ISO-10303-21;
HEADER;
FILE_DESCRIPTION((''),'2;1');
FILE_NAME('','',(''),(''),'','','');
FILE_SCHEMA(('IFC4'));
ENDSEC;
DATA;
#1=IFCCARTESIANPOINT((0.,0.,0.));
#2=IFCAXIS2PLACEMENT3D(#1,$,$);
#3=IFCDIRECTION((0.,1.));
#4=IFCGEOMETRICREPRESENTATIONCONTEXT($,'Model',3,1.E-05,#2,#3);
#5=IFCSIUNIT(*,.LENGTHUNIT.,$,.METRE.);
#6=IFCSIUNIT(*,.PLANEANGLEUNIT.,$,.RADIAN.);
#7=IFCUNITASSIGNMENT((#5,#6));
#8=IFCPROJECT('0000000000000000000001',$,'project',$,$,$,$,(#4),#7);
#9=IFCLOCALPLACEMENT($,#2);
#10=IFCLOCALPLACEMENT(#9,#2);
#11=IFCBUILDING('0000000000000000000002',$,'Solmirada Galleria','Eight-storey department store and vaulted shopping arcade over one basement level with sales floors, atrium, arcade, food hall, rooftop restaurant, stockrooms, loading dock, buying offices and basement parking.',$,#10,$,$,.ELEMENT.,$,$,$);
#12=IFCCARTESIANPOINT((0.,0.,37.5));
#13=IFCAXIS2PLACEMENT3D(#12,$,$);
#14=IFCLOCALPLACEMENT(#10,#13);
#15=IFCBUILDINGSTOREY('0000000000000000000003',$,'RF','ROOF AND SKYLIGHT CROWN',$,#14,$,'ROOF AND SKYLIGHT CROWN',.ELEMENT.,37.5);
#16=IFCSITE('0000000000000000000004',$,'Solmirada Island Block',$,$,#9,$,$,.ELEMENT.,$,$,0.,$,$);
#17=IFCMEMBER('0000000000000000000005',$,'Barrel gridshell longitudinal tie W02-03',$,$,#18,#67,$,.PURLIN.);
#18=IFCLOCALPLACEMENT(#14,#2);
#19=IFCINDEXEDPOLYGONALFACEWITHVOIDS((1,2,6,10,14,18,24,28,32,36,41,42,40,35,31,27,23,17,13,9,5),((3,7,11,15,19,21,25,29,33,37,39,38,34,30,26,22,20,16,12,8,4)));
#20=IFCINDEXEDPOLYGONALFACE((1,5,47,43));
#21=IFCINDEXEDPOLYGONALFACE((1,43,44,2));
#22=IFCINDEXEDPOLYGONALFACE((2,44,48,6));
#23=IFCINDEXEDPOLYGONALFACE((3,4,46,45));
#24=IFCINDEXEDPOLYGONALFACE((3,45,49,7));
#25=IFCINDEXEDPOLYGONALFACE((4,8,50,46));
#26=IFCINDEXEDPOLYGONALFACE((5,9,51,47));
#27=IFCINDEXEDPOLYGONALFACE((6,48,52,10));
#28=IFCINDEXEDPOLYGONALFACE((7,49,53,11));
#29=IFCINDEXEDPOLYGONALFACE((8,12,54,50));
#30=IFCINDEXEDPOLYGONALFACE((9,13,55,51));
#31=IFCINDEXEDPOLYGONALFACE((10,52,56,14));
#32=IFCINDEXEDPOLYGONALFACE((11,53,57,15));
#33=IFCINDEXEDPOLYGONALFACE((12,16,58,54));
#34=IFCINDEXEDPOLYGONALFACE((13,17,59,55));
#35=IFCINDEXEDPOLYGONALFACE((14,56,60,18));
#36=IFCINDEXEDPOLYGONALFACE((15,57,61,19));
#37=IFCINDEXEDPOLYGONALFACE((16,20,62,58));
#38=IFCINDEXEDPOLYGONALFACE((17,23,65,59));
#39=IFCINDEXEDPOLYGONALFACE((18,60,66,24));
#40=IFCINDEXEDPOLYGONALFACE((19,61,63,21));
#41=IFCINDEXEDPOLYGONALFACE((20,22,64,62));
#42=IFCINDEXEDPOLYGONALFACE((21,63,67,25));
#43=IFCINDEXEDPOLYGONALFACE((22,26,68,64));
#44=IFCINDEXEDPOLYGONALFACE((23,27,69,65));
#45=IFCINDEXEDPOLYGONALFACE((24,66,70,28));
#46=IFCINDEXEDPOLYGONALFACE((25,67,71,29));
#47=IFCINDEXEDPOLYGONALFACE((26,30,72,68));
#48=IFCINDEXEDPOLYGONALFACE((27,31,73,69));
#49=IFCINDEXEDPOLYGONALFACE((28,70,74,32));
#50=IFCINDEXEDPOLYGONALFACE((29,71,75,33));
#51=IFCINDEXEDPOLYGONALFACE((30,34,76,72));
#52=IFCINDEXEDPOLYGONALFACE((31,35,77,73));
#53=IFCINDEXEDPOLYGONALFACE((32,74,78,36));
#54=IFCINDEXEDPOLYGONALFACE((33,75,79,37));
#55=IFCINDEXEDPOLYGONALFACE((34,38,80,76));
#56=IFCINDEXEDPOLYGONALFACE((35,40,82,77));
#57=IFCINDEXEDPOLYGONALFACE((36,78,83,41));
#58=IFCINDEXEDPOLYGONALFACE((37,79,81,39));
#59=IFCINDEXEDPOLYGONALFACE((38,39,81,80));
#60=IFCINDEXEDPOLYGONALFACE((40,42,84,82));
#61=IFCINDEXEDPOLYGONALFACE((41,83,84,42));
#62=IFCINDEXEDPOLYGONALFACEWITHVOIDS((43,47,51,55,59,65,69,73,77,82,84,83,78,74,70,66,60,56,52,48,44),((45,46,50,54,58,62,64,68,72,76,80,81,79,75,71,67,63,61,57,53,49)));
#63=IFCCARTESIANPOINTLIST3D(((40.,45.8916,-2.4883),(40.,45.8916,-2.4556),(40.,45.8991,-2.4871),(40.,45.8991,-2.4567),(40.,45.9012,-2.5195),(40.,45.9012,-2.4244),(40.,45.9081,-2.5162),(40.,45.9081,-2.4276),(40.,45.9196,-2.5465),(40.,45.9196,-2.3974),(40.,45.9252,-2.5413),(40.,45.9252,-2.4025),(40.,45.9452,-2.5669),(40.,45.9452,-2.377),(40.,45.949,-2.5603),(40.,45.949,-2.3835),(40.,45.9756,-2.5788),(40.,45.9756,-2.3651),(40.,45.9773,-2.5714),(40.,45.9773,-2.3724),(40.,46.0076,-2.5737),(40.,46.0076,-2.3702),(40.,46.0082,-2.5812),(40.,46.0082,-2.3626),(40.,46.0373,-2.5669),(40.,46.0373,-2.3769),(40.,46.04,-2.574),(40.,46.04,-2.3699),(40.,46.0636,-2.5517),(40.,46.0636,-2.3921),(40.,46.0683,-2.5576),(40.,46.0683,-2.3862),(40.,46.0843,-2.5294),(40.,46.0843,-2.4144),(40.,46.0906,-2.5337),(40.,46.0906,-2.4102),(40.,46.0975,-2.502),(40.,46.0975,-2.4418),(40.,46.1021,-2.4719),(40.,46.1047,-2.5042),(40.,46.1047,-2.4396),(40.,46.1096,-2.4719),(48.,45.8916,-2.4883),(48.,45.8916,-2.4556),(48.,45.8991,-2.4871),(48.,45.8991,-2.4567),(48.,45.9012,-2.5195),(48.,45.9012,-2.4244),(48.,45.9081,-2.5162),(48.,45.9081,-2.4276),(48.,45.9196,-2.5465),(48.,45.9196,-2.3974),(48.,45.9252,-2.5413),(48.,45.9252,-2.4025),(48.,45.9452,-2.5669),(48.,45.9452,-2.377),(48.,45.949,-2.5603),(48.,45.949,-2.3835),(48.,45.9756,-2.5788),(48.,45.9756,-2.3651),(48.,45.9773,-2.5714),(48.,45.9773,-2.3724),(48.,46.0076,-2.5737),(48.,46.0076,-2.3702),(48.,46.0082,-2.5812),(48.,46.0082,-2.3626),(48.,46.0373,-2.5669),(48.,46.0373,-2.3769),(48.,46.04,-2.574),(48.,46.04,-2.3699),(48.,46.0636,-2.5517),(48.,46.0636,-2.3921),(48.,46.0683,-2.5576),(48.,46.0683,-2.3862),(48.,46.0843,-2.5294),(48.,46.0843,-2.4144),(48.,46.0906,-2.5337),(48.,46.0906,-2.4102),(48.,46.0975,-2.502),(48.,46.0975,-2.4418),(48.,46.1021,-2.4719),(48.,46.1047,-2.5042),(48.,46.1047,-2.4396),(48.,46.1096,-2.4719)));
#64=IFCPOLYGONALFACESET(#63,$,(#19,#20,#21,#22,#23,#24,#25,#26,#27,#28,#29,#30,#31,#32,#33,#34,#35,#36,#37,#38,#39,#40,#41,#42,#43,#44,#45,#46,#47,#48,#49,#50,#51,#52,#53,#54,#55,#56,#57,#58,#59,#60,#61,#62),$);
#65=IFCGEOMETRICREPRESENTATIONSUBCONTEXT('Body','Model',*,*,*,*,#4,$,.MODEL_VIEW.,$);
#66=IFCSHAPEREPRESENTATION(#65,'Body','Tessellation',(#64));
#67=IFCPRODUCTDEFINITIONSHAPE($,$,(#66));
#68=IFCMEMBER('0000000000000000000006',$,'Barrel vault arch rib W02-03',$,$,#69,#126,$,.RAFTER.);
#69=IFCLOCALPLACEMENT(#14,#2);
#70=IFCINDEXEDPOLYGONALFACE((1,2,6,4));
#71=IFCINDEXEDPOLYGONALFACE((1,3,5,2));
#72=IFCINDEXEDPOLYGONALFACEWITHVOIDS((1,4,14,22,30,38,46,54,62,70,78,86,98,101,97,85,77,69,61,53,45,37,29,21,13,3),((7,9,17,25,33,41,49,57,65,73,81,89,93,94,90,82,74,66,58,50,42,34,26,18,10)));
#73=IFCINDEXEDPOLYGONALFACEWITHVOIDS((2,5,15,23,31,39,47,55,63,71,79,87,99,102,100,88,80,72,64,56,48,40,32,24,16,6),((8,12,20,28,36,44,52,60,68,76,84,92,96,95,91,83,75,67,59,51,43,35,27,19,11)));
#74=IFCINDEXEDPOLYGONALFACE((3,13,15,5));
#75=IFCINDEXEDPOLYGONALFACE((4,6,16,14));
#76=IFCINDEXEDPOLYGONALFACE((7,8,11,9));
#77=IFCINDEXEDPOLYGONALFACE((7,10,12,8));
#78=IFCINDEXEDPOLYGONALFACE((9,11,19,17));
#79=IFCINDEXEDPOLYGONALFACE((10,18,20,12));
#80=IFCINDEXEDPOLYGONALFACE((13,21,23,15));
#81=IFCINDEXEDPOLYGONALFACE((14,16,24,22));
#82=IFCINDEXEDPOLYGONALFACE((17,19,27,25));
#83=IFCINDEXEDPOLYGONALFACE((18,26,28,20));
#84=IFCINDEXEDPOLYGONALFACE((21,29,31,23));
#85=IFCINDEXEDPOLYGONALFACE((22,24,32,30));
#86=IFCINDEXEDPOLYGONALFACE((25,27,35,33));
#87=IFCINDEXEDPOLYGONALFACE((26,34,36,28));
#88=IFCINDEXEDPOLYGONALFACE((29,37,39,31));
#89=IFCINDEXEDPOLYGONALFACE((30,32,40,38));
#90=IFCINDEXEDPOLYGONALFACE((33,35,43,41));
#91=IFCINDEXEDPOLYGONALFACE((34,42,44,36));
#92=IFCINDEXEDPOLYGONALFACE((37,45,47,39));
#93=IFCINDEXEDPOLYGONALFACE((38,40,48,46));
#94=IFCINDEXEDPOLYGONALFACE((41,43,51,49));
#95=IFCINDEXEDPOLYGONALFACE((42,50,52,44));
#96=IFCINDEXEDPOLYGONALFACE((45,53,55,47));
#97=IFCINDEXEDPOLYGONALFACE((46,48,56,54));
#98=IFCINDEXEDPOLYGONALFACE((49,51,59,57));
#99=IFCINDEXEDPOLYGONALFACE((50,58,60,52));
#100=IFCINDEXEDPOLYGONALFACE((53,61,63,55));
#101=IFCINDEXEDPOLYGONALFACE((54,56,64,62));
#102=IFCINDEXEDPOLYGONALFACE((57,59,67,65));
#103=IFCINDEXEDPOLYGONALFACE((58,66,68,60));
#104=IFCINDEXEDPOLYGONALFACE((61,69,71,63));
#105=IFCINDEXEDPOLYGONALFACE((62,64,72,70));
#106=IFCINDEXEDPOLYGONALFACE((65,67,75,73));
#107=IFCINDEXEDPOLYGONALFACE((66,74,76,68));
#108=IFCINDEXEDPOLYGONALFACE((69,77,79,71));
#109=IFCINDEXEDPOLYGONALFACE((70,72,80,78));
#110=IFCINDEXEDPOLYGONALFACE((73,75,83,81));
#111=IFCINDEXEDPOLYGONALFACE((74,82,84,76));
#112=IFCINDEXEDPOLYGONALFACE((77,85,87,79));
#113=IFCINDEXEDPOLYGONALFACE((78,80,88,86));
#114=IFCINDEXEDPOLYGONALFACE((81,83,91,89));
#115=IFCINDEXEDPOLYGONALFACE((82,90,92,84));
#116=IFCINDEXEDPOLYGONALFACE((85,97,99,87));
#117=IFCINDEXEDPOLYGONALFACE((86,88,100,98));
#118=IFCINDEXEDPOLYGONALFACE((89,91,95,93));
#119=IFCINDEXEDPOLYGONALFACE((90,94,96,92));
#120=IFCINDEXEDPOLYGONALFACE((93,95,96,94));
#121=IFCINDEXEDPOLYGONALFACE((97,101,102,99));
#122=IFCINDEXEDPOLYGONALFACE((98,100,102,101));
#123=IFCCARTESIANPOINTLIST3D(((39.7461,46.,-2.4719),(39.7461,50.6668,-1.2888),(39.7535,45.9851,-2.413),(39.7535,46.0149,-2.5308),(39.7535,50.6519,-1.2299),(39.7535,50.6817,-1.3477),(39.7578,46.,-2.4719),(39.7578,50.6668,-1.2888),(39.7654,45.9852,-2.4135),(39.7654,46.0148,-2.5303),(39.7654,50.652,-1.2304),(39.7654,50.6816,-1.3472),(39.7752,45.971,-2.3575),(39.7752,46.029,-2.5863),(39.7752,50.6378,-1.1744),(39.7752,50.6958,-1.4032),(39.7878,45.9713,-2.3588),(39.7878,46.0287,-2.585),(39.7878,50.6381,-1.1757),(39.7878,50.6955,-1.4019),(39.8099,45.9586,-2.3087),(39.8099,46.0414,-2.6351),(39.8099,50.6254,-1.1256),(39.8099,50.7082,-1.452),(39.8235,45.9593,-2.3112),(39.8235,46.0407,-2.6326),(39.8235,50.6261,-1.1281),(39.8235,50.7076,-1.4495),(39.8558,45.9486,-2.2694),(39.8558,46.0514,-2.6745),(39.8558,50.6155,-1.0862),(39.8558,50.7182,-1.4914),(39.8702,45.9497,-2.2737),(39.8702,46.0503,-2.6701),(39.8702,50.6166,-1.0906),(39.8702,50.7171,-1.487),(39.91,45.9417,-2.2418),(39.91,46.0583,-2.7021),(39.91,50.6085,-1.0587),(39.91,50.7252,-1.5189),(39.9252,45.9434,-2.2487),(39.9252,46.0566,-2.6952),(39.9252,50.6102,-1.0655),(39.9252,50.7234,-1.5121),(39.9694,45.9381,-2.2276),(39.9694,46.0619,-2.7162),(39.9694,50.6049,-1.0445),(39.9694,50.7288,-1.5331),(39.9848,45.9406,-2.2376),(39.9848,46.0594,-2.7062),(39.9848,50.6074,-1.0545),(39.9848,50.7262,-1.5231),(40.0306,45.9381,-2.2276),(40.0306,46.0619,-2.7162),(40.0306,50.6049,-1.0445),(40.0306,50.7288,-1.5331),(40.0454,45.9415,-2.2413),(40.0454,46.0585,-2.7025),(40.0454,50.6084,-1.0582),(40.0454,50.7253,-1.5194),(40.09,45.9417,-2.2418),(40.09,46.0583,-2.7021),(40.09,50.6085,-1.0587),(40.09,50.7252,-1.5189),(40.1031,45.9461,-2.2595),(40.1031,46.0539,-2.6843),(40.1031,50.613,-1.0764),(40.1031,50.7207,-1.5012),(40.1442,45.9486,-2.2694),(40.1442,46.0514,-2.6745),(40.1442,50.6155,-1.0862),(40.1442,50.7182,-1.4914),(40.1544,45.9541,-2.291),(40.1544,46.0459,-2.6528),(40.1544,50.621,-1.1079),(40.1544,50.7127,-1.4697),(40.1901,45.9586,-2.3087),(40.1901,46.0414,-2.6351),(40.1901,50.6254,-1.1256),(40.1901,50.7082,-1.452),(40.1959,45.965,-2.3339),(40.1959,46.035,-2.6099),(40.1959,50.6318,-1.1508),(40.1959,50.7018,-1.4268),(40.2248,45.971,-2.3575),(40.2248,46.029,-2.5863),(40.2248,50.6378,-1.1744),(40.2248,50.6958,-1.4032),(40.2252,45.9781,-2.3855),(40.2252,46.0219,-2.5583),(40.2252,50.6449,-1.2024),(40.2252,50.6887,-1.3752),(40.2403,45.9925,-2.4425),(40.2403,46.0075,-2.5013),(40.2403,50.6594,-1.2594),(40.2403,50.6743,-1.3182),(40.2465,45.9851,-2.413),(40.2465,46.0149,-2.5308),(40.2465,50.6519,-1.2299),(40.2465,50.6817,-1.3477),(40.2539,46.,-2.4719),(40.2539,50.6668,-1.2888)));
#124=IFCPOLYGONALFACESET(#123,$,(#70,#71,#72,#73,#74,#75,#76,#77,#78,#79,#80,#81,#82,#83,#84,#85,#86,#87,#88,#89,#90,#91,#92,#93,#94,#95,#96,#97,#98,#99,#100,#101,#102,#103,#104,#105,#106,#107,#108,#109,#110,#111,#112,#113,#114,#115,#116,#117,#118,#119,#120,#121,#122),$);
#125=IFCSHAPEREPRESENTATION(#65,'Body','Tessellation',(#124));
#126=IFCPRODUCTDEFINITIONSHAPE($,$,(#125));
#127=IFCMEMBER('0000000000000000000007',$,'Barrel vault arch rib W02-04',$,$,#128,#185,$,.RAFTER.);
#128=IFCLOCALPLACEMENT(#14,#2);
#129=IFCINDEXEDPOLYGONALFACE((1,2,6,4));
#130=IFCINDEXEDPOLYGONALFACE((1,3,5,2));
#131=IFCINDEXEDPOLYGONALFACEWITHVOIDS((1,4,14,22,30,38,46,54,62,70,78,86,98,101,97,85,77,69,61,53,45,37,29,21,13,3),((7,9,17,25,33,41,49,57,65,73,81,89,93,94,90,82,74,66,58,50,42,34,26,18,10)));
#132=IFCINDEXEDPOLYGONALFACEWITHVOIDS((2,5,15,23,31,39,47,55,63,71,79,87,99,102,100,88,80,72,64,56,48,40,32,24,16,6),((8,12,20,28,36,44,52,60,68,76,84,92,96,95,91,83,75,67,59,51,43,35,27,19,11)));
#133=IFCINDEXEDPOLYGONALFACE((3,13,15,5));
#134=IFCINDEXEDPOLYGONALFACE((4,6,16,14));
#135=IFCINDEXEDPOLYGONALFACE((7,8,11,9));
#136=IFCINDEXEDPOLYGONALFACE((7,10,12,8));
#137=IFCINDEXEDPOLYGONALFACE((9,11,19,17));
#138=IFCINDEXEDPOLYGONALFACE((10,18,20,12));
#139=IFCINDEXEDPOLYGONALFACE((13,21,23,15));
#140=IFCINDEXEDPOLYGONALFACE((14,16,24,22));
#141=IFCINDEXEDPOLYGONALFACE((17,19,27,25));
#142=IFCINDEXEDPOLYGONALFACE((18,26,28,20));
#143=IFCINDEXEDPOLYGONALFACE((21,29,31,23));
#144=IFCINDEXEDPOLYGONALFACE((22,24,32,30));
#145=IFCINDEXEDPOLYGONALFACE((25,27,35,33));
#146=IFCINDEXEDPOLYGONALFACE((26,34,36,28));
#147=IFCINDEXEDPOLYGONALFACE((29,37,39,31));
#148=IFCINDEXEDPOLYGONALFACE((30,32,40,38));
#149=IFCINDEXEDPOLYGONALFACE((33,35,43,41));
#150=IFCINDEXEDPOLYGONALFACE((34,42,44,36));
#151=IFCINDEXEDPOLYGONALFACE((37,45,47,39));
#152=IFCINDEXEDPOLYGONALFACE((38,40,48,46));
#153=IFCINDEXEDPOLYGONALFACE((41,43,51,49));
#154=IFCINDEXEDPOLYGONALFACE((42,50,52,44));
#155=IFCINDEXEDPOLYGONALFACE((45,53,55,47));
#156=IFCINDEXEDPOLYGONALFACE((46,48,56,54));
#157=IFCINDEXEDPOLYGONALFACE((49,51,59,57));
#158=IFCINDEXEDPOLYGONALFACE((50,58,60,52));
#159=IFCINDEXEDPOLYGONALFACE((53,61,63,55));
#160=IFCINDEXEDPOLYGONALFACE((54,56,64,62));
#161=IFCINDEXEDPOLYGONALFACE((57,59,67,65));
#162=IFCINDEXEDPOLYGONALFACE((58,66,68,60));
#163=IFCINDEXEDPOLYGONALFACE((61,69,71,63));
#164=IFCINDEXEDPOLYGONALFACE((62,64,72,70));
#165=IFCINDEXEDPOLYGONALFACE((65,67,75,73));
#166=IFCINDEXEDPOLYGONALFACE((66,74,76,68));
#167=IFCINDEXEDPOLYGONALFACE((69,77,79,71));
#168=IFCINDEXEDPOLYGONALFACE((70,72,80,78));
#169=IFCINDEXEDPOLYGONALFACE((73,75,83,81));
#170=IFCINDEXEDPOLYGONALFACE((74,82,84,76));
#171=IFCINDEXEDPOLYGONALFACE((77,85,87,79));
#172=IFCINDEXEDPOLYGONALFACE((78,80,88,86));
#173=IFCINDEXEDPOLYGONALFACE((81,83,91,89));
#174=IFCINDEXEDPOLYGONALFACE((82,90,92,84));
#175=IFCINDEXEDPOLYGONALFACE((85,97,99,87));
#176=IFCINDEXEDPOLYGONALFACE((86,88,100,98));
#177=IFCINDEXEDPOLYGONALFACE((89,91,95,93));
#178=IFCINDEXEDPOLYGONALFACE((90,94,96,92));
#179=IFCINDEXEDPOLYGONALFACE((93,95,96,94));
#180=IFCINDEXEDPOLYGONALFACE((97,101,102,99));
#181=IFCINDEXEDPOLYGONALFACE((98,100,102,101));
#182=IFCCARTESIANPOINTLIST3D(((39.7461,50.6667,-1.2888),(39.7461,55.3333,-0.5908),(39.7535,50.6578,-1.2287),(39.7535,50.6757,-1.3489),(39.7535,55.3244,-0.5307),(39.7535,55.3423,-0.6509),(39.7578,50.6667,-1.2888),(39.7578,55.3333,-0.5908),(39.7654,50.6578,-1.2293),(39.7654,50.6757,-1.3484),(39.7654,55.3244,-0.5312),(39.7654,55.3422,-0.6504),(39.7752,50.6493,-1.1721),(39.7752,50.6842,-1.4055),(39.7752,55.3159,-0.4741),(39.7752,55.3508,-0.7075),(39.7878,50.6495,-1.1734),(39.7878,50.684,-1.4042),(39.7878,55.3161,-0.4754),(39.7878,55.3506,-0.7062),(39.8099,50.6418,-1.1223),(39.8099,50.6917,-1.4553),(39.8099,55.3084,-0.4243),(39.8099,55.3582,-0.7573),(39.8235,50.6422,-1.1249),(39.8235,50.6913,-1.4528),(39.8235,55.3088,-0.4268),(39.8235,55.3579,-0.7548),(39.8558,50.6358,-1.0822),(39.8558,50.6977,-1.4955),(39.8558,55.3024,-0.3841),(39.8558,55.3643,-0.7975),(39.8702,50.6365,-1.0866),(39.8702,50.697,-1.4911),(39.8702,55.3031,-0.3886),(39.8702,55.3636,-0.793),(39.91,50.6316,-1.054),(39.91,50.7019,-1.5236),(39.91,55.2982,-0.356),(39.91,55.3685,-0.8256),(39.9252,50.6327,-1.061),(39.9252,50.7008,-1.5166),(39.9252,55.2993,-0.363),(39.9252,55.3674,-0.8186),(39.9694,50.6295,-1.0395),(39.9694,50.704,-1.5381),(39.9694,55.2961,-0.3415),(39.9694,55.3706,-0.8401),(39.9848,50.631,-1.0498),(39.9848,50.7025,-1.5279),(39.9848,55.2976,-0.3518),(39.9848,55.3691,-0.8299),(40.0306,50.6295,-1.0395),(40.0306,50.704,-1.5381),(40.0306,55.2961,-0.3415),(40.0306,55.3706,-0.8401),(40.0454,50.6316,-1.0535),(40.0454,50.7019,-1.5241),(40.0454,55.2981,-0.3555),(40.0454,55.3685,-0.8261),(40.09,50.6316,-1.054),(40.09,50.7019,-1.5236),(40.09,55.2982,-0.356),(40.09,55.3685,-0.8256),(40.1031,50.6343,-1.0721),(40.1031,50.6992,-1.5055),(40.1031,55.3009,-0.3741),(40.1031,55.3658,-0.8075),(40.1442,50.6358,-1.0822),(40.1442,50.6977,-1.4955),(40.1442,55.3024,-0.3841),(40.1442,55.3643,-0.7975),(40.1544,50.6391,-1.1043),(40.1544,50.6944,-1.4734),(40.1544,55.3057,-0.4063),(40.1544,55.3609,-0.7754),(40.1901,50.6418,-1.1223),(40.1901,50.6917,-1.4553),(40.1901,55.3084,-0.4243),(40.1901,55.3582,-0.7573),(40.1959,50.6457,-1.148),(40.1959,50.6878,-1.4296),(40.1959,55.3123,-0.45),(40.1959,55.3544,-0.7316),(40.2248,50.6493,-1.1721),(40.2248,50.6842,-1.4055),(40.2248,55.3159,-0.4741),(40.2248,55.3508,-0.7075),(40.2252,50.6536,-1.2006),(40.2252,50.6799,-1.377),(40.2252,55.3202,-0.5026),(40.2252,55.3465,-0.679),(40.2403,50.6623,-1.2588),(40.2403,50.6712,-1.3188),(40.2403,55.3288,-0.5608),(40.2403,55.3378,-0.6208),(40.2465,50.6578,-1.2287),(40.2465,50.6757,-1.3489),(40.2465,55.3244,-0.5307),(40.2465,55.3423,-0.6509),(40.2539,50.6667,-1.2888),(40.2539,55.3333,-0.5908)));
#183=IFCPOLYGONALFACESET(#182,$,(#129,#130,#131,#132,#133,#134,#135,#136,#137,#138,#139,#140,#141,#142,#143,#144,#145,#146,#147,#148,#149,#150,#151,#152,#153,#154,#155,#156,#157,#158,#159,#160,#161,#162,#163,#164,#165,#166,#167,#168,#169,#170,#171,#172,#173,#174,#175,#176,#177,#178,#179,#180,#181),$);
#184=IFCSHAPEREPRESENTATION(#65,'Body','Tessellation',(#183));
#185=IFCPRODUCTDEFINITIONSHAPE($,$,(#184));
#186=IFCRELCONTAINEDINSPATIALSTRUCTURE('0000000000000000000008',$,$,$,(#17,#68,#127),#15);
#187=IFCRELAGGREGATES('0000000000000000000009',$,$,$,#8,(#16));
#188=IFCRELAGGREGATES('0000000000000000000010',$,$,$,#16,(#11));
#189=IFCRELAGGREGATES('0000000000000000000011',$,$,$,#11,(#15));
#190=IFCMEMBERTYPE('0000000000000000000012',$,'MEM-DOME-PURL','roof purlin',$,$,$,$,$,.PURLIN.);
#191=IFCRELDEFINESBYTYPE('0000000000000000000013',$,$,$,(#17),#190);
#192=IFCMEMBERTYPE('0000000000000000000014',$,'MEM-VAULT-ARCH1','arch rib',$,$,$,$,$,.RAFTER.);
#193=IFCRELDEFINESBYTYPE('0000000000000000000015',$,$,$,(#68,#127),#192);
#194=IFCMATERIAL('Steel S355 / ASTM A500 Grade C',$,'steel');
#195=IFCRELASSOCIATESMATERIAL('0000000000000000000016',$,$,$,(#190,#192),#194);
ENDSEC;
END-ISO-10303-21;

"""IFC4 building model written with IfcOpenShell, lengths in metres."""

from ifc_helpers import new_model, si_unit, direction, frame, origin, origin_2d, place, context, subcontext, project, spatial, hollow_circle, extrude, material, material_profile, profile_set, type_object, element, save


model = new_model("IFC4")

# Units and contexts
model_context = context("Model", 3, precision=1e-05, world=origin(), true_north=direction((0.0, 1.0)))
body_context = subcontext(model_context, "Body", "Model", "MODEL_VIEW")
ifc_project = project(units=[si_unit("LENGTHUNIT", "METRE"), si_unit("PLANEANGLEUNIT", "RADIAN")], contexts=[model_context])

# Site, building, storey
site_placement = place(None, origin())
site = spatial("IfcSite", under=ifc_project, at=site_placement, Name="Solmirada Island Block", CompositionType="ELEMENT", RefElevation=0.0)
building_placement = place(site_placement, origin())
building = spatial("IfcBuilding", under=site, at=building_placement, Name="Solmirada Galleria", Description="Eight-storey department store and vaulted shopping arcade over one basement level with sales floors, atrium, arcade, food hall, rooftop restaurant, stockrooms, loading dock, buying offices and basement parking.", CompositionType="ELEMENT")
storey_placement = place(building_placement, frame((0.0, 0.0, 37.5)))
storey = spatial("IfcBuildingStorey", under=building, at=storey_placement, Name="RF", Description="ROOF AND SKYLIGHT CROWN", LongName="ROOF AND SKYLIGHT CROWN", CompositionType="ELEMENT", Elevation=37.5)

# Members
ifc_material_1 = material(Name="Steel S355 / ASTM A500 Grade C", Category="steel")
ifc_material_profile_1 = material_profile(ifc_material_1, hollow_circle(Radius=0.1096, WallThickness=0.0076, at=origin_2d()), Name="HSS8.625X0.322")
ifc_profile_set_1 = profile_set([ifc_material_profile_1], Name="Steel S355 / ASTM A500 Grade C")
member_type_1 = type_object("IfcMemberType", Name="MEM-DOME-PURL", Description="roof purlin", PredefinedType="PURLIN", material=ifc_profile_set_1)
member_1_placement = place(storey_placement, frame((40.0, 46.0, -2.4719), z_axis=(1.0, 0.0, 0.0), x_axis=(0.0, 1.0, 0.0)))
element("IfcMember", 1, at=member_1_placement, inside=storey, type_object=member_type_1, Name="Barrel gridshell longitudinal tie W02-03", PredefinedType="PURLIN", context=body_context, shape_type="SweptSolid", body=[
    extrude(hollow_circle(Radius=0.1096, WallThickness=0.0076, at=origin_2d()), origin(), (0.0, 0.0, 1.0), 8.0),
])
ifc_material_profile_2 = material_profile(ifc_material_1, hollow_circle(Radius=0.2539, WallThickness=0.0117, at=origin_2d()), Name="HSS20.000X0.500")
ifc_profile_set_2 = profile_set([ifc_material_profile_2], Name="Steel S355 / ASTM A500 Grade C")
member_type_2 = type_object("IfcMemberType", Name="MEM-VAULT-ARCH1", Description="arch rib", PredefinedType="RAFTER", material=ifc_profile_set_2)
member_2_placement = place(storey_placement, frame((40.0, 46.0, -2.4719), z_axis=(0.0, 0.969335, 0.245744), x_axis=(-1.0, 0.0, 0.0)))
element("IfcMember", 2, at=member_2_placement, inside=storey, type_object=member_type_2, Name="Barrel vault arch rib W02-03", PredefinedType="RAFTER", context=body_context, shape_type="SweptSolid", body=[
    extrude(hollow_circle(Radius=0.2539, WallThickness=0.0117, at=origin_2d()), origin(), (0.0, 0.0, 1.0), 4.8145),
])
member_3_placement = place(storey_placement, frame((40.0, 50.6667, -1.2888), z_axis=(0.0, 0.988998, 0.147931), x_axis=(-1.0, 0.0, 0.0)))
element("IfcMember", 3, at=member_3_placement, inside=storey, type_object=member_type_2, Name="Barrel vault arch rib W02-04", PredefinedType="RAFTER", context=body_context, shape_type="SweptSolid", body=[
    extrude(hollow_circle(Radius=0.2539, WallThickness=0.0117, at=origin_2d()), origin(), (0.0, 0.0, 1.0), 4.7185),
])

save(model, "model.ifc")
